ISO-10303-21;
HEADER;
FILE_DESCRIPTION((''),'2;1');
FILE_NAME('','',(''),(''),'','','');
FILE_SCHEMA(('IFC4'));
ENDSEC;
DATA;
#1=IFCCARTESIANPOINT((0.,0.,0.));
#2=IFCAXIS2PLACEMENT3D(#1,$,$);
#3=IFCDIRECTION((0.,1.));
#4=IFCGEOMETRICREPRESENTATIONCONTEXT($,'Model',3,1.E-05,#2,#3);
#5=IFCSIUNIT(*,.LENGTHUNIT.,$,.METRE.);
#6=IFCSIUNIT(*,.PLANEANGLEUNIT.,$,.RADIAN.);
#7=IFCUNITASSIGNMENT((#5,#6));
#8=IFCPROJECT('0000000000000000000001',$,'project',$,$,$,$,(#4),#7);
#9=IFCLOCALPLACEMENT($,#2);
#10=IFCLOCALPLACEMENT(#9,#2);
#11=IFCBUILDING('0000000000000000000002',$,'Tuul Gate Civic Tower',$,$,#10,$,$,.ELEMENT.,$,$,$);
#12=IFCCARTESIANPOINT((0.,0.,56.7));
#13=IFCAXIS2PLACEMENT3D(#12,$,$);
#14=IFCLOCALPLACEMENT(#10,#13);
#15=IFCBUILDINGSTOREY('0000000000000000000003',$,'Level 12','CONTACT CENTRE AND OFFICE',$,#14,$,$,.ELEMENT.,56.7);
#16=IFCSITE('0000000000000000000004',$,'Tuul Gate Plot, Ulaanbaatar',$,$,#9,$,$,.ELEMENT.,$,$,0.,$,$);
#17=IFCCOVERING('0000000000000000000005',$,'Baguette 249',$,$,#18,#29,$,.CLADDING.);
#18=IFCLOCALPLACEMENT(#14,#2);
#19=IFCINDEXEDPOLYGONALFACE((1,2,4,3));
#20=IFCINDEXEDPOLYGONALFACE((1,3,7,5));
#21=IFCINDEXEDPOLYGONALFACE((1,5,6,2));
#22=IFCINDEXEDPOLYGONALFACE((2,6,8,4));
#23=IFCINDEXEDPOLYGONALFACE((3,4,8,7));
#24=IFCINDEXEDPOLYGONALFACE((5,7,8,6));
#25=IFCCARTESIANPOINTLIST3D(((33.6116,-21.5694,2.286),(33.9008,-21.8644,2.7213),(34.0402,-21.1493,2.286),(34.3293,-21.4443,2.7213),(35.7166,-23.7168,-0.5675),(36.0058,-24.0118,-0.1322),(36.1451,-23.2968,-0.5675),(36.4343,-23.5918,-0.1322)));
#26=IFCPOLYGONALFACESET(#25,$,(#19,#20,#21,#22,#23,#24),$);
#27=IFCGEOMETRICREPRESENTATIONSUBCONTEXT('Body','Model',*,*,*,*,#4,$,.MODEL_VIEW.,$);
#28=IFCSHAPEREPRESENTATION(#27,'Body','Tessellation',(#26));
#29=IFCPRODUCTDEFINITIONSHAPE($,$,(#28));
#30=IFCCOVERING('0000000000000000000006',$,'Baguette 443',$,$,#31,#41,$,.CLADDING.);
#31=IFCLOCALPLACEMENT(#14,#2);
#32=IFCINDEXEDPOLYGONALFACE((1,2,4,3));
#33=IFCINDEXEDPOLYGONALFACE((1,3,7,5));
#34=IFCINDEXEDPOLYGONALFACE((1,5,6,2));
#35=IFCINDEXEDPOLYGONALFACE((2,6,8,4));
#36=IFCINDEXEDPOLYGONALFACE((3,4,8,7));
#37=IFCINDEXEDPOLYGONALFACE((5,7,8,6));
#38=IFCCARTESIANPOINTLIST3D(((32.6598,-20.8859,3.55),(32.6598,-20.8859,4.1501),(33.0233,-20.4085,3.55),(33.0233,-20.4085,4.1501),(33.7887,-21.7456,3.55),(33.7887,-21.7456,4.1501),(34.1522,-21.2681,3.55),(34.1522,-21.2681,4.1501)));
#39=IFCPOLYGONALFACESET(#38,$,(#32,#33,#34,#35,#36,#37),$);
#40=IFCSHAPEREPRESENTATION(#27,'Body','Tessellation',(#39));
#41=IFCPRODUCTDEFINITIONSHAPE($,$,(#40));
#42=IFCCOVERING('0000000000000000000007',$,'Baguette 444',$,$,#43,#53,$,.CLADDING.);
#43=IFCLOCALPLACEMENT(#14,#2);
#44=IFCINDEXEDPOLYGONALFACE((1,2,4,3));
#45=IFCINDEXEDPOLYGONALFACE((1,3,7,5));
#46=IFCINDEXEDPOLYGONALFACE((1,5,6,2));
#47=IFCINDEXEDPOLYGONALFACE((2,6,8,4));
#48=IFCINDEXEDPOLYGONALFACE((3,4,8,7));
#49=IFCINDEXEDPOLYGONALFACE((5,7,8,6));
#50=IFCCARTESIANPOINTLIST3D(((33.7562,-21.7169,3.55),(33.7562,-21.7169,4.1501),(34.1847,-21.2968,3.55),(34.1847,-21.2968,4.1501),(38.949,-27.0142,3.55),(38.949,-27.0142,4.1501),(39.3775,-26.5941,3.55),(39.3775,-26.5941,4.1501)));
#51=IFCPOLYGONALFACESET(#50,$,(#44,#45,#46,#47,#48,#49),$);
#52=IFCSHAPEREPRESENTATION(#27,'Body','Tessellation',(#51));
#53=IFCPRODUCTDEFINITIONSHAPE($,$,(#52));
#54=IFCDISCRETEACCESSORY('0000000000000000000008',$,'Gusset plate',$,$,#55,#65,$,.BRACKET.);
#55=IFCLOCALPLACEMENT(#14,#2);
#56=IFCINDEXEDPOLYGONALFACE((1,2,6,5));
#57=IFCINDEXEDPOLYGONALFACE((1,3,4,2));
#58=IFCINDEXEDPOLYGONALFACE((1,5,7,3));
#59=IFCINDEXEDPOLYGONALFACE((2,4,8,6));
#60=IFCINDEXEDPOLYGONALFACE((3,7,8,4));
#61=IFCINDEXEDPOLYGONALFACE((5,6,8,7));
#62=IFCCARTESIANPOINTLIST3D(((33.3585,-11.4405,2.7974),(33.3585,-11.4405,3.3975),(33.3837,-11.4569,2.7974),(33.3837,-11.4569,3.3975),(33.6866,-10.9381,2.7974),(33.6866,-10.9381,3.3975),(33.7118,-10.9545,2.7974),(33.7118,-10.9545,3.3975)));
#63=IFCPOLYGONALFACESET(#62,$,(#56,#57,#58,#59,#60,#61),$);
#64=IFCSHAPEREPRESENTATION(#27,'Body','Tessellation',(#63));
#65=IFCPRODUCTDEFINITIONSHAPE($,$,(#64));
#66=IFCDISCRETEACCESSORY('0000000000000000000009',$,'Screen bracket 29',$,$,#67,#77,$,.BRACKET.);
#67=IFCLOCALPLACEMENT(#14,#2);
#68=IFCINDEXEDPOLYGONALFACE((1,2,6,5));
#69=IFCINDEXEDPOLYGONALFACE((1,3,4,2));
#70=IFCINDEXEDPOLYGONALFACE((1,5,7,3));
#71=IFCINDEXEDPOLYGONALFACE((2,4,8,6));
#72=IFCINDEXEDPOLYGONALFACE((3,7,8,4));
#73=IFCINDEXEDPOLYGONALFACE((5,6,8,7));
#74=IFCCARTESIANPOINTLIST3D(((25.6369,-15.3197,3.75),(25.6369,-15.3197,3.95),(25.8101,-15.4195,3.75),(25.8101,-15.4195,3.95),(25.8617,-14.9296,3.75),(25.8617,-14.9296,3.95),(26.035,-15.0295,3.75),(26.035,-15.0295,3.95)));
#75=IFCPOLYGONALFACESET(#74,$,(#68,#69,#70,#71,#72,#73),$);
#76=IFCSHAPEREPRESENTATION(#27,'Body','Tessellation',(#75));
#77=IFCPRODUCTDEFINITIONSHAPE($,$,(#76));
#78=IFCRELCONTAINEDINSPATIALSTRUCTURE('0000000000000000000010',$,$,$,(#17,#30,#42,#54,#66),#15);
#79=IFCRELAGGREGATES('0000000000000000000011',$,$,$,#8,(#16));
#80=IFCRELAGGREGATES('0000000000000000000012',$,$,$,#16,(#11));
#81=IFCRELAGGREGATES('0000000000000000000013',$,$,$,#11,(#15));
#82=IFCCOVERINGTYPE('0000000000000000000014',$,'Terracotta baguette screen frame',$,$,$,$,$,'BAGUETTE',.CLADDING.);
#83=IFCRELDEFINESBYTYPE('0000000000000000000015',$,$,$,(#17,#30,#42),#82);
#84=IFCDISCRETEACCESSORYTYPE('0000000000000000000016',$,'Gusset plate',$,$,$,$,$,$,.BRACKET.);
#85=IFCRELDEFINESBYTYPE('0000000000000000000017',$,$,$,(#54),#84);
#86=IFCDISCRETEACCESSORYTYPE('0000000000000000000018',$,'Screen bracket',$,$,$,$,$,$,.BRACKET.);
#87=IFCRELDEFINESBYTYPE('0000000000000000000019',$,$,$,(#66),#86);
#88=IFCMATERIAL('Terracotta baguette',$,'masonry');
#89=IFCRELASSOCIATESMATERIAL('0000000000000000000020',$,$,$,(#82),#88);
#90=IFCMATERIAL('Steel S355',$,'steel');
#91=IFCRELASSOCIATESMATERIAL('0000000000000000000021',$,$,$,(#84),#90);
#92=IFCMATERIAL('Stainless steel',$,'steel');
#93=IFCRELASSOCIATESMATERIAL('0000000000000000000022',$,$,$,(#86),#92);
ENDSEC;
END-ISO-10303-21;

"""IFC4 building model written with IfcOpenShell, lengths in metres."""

from ifc_helpers import new_model, si_unit, direction, frame, origin, origin_2d, place, context, subcontext, project, spatial, rectangle, extrude, material, material_profile, profile_set, type_object, element, save


model = new_model("IFC4")

# Units and contexts
model_context = context("Model", 3, precision=1e-05, world=origin(), true_north=direction((0.0, 1.0)))
body_context = subcontext(model_context, "Body", "Model", "MODEL_VIEW")
ifc_project = project(units=[si_unit("LENGTHUNIT", "METRE"), si_unit("PLANEANGLEUNIT", "RADIAN")], contexts=[model_context])

# Site, building, storey
site_placement = place(None, origin())
site = spatial("IfcSite", under=ifc_project, at=site_placement, Name="Tuul Gate Plot, Ulaanbaatar", CompositionType="ELEMENT", RefElevation=0.0)
building_placement = place(site_placement, origin())
building = spatial("IfcBuilding", under=site, at=building_placement, Name="Tuul Gate Civic Tower", CompositionType="ELEMENT")
storey_placement = place(building_placement, frame((0.0, 0.0, 56.7)))
storey = spatial("IfcBuildingStorey", under=building, at=storey_placement, Name="Level 12", Description="CONTACT CENTRE AND OFFICE", CompositionType="ELEMENT", Elevation=56.7)

# Coverings
ifc_material_1 = material(Name="Terracotta baguette", Category="masonry")
ifc_material_profile_1 = material_profile(ifc_material_1, rectangle(XDim=0.6001, YDim=0.6001, at=origin_2d()), Name="Terracotta baguette screen frame")
ifc_profile_set_1 = profile_set([ifc_material_profile_1], Name="Terracotta baguette")
covering_type = type_object("IfcCoveringType", Name="Terracotta baguette screen frame", ElementType="BAGUETTE", PredefinedType="CLADDING", material=ifc_profile_set_1)
covering_1_placement = place(storey_placement, frame((33.9705, -21.5068, 2.5037), z_axis=(0.507776, -0.518023, -0.688342), x_axis=(0.714135, 0.700008, 0.0)))
element("IfcCovering", 1, at=covering_1_placement, inside=storey, type_object=covering_type, Name="Baguette 249", PredefinedType="CLADDING", context=body_context, shape_type="SweptSolid", body=[
    extrude(rectangle(XDim=0.6001, YDim=0.6001, at=origin_2d()), origin(), (0.0, 0.0, 1.0), 4.1455),
])
covering_2_placement = place(storey_placement, frame((32.8416, -20.6472, 3.8501), z_axis=(0.795602, -0.60582, 0.0), x_axis=(0.60582, 0.795602, 0.0)))
element("IfcCovering", 2, at=covering_2_placement, inside=storey, type_object=covering_type, Name="Baguette 443", PredefinedType="CLADDING", context=body_context, shape_type="SweptSolid", body=[
    extrude(rectangle(XDim=0.6001, YDim=0.6001, at=origin_2d()), origin(), (0.0, 0.0, 1.0), 1.4189),
])
covering_3_placement = place(storey_placement, frame((33.9705, -21.5068, 3.8501), z_axis=(0.700029, -0.714115, 0.0), x_axis=(0.714115, 0.700029, 0.0)))
element("IfcCovering", 3, at=covering_3_placement, inside=storey, type_object=covering_type, Name="Baguette 444", PredefinedType="CLADDING", context=body_context, shape_type="SweptSolid", body=[
    extrude(rectangle(XDim=0.6001, YDim=0.6001, at=origin_2d()), origin(), (0.0, 0.0, 1.0), 7.418),
])

# Discrete accessories
ifc_material_2 = material(Name="Steel S355", Category="steel")
discrete_accessory_type_1 = type_object("IfcDiscreteAccessoryType", Name="Gusset plate", PredefinedType="BRACKET", material=ifc_material_2)
discrete_accessory_1_placement = place(storey_placement, frame((33.5352, -11.1975, 2.7974), z_axis=(0.0, 0.0, 1.0), x_axis=(0.546743, 0.8373, 0.0)))
element("IfcDiscreteAccessory", 4, at=discrete_accessory_1_placement, inside=storey, type_object=discrete_accessory_type_1, Name="Gusset plate", PredefinedType="BRACKET", context=body_context, shape_type="SweptSolid", body=[
    extrude(rectangle(XDim=0.6001, YDim=0.03, at=origin_2d()), origin(), (0.0, 0.0, 1.0), 0.6001),
])
ifc_material_3 = material(Name="Stainless steel", Category="steel")
discrete_accessory_type_2 = type_object("IfcDiscreteAccessoryType", Name="Screen bracket", PredefinedType="BRACKET", material=ifc_material_3)
discrete_accessory_2_placement = place(storey_placement, frame((25.8359, -15.1746, 3.75), z_axis=(0.0, 0.0, 1.0), x_axis=(-0.499379, -0.866384, 0.0)))
element("IfcDiscreteAccessory", 5, at=discrete_accessory_2_placement, inside=storey, type_object=discrete_accessory_type_2, Name="Screen bracket 29", PredefinedType="BRACKET", context=body_context, shape_type="SweptSolid", body=[
    extrude(rectangle(XDim=0.4502, YDim=0.2, at=origin_2d()), origin(), (0.0, 0.0, 1.0), 0.2),
])

save(model, "model.ifc")
